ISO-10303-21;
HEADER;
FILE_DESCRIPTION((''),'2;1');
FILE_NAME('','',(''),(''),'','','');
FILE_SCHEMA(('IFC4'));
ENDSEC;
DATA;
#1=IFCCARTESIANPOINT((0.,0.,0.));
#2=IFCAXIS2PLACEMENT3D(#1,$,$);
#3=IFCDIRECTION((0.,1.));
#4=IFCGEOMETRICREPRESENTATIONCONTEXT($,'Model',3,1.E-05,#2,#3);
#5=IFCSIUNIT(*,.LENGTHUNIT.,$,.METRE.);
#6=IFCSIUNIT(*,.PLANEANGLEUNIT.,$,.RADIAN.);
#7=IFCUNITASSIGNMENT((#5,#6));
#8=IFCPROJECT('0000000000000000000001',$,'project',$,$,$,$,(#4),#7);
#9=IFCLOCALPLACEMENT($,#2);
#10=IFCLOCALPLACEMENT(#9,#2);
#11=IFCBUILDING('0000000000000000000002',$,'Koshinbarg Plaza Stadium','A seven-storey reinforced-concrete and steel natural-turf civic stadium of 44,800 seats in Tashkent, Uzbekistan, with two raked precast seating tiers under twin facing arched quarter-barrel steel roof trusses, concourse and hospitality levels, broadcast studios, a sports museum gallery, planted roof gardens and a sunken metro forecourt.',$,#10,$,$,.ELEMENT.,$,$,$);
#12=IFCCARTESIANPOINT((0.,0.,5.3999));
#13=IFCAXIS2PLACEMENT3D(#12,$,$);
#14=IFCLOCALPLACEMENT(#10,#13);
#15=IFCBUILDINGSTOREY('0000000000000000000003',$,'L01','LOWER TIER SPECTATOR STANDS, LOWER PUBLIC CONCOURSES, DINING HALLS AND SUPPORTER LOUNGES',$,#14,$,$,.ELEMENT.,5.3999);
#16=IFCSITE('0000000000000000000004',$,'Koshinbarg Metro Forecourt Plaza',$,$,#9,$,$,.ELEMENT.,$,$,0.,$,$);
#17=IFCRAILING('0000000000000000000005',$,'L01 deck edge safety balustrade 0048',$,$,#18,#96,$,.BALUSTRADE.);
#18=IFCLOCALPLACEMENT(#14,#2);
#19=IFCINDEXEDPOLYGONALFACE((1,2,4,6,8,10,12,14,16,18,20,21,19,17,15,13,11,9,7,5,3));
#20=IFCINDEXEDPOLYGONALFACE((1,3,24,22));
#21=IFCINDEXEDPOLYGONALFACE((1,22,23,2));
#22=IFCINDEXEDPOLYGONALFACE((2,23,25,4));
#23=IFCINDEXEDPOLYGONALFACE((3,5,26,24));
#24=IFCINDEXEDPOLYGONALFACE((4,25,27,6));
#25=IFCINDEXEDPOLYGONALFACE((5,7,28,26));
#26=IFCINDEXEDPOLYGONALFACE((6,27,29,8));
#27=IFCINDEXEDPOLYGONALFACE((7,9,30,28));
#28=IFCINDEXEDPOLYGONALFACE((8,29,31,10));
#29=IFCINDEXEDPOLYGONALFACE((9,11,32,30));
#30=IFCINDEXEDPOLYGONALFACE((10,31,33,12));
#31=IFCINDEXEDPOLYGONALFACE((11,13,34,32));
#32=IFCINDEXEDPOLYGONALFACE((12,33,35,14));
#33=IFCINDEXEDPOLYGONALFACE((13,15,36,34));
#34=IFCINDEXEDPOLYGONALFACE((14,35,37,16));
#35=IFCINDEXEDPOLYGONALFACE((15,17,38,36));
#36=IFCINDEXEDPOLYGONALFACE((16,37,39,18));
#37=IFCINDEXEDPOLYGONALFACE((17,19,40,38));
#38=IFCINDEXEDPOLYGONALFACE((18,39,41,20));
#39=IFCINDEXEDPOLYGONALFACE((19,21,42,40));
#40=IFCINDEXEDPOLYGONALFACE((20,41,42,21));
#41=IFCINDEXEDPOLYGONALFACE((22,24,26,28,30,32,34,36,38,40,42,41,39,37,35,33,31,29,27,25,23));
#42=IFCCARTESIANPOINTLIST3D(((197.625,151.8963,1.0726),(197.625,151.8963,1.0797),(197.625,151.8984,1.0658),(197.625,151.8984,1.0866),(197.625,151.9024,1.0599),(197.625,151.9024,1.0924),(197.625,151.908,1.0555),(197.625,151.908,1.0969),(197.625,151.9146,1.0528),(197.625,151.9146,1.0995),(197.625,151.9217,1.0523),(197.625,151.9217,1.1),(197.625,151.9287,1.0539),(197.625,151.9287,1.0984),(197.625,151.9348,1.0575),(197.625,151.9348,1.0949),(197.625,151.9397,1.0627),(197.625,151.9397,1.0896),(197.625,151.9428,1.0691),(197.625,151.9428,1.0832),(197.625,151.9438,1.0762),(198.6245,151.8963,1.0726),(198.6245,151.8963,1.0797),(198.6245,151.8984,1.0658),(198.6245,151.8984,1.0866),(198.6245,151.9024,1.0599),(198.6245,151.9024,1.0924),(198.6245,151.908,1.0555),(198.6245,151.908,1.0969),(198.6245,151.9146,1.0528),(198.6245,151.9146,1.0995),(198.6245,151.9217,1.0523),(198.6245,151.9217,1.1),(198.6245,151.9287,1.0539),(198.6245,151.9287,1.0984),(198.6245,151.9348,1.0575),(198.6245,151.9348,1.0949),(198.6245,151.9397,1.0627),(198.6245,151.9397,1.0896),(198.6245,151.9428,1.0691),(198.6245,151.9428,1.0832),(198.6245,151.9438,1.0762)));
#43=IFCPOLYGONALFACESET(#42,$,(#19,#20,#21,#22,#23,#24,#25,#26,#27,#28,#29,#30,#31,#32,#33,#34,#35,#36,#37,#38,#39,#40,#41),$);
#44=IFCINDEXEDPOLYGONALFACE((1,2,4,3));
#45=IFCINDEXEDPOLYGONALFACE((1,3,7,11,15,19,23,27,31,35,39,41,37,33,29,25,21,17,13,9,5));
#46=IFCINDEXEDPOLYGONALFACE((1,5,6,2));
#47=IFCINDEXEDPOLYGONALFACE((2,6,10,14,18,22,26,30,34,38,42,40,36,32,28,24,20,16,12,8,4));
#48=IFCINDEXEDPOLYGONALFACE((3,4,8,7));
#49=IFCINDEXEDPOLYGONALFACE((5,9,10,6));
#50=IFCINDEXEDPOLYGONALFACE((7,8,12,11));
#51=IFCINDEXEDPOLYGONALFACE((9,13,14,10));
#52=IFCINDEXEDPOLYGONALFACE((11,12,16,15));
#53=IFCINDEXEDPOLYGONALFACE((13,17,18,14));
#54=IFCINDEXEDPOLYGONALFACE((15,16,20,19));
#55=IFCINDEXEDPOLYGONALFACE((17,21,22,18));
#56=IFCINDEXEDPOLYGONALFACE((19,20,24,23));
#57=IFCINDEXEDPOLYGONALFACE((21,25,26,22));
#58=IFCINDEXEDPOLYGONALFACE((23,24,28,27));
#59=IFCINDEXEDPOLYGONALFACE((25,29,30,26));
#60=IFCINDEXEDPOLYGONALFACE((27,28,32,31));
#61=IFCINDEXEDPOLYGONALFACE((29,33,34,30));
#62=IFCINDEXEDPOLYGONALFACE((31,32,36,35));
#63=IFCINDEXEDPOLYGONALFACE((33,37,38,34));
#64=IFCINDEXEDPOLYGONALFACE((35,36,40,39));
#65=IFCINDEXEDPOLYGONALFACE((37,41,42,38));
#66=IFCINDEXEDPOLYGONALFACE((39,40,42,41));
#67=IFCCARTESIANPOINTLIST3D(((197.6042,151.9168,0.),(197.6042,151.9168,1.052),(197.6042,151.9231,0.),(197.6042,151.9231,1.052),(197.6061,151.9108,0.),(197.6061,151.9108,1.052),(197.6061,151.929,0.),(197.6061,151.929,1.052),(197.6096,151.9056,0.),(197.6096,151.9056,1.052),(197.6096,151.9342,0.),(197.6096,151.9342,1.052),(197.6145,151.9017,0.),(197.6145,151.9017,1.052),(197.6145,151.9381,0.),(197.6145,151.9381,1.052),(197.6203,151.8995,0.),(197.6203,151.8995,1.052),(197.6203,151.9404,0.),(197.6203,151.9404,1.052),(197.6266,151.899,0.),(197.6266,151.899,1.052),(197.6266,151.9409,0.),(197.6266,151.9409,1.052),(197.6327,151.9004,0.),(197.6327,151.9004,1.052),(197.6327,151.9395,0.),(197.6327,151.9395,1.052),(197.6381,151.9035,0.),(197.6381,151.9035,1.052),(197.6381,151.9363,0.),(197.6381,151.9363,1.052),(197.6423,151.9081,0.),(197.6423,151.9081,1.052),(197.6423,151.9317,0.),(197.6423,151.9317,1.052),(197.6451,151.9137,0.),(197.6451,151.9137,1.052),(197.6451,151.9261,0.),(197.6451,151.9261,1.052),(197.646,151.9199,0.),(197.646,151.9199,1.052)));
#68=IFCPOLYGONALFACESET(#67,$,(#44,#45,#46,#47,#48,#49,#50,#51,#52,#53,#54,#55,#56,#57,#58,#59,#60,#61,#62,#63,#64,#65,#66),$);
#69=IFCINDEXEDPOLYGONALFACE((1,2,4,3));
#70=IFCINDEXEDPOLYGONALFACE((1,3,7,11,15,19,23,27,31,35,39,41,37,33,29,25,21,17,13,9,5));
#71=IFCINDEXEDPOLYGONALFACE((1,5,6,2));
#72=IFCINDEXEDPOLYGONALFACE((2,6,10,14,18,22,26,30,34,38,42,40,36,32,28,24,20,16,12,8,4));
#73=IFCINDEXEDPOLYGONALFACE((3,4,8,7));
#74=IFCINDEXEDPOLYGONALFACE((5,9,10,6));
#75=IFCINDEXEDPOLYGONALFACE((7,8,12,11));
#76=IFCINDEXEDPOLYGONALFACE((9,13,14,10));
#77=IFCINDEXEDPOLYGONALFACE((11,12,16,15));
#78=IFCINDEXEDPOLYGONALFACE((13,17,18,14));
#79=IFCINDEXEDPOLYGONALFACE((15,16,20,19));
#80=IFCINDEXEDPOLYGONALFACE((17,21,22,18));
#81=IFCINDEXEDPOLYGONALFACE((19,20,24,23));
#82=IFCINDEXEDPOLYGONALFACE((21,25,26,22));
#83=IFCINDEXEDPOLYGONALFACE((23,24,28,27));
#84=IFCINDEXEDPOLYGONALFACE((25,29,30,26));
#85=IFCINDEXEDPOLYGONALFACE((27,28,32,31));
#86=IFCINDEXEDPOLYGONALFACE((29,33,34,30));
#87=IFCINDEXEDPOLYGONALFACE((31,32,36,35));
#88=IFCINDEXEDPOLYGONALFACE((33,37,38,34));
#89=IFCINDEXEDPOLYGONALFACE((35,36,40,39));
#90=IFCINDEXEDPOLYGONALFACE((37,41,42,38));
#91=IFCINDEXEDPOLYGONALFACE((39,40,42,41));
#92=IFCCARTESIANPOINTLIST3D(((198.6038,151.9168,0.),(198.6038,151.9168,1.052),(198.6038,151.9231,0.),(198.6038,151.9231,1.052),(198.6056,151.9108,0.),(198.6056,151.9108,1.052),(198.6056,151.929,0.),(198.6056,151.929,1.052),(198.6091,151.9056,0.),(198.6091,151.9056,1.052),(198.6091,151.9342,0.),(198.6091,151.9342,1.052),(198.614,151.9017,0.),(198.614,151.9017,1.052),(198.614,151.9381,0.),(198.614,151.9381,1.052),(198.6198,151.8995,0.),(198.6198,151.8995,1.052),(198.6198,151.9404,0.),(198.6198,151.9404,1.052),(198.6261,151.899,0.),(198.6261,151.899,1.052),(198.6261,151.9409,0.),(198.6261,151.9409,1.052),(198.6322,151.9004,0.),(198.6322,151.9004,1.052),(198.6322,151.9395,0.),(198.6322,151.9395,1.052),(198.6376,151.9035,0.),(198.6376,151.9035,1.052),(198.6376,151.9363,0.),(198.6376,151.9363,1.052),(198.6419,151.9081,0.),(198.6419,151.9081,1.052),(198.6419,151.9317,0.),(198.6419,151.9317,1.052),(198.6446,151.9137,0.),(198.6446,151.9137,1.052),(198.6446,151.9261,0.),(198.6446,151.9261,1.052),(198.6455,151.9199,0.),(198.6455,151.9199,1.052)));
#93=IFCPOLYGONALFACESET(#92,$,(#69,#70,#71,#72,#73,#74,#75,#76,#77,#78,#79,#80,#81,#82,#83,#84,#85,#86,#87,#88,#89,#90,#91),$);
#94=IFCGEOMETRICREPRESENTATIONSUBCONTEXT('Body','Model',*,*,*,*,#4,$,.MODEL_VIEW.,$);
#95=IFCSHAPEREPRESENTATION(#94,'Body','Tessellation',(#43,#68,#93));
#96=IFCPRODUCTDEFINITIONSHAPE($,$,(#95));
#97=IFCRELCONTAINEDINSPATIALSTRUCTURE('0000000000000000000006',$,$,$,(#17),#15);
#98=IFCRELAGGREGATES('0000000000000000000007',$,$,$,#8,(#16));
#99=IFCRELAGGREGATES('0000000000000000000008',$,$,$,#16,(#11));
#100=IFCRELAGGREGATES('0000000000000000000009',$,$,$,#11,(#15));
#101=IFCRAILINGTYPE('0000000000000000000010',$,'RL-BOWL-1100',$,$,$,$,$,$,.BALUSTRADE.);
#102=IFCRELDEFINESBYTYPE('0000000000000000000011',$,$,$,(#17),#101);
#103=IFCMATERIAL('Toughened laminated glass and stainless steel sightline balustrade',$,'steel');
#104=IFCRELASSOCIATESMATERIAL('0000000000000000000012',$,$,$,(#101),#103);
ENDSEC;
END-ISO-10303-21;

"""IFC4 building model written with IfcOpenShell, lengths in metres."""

from ifc_helpers import new_model, si_unit, direction, frame, origin, origin_2d, place, context, subcontext, project, spatial, circle, extrude, material, type_object, element, save


model = new_model("IFC4")

# Units and contexts
model_context = context("Model", 3, precision=1e-05, world=origin(), true_north=direction((0.0, 1.0)))
body_context = subcontext(model_context, "Body", "Model", "MODEL_VIEW")
ifc_project = project(units=[si_unit("LENGTHUNIT", "METRE"), si_unit("PLANEANGLEUNIT", "RADIAN")], contexts=[model_context])

# Site, building, storey
site_placement = place(None, origin())
site = spatial("IfcSite", under=ifc_project, at=site_placement, Name="Koshinbarg Metro Forecourt Plaza", CompositionType="ELEMENT", RefElevation=0.0)
building_placement = place(site_placement, origin())
building = spatial("IfcBuilding", under=site, at=building_placement, Name="Koshinbarg Plaza Stadium", Description="A seven-storey reinforced-concrete and steel natural-turf civic stadium of 44,800 seats in Tashkent, Uzbekistan, with two raked precast seating tiers under twin facing arched quarter-barrel steel roof trusses, concourse and hospitality levels, broadcast studios, a sports museum gallery, planted roof gardens and a sunken metro forecourt.", CompositionType="ELEMENT")
storey_placement = place(building_placement, frame((0.0, 0.0, 5.3999)))
storey = spatial("IfcBuildingStorey", under=building, at=storey_placement, Name="L01", Description="LOWER TIER SPECTATOR STANDS, LOWER PUBLIC CONCOURSES, DINING HALLS AND SUPPORTER LOUNGES", CompositionType="ELEMENT", Elevation=5.3999)

# Railing
ifc_material_1 = material(Name="Toughened laminated glass and stainless steel sightline balustrade", Category="steel")
railing_type = type_object("IfcRailingType", Name="RL-BOWL-1100", PredefinedType="BALUSTRADE", material=ifc_material_1)
railing_placement = place(storey_placement, frame((197.625, 151.9199, 0.0)))
element("IfcRailing", 1, at=railing_placement, inside=storey, type_object=railing_type, Name="L01 deck edge safety balustrade 0048", PredefinedType="BALUSTRADE", context=body_context, shape_type="SweptSolid", body=[
    extrude(circle(Radius=0.0239, at=origin_2d()), frame((0.0, 0.0, 1.0762), z_axis=(1.0, 0.0, 0.0), x_axis=(0.0, 1.0, 0.0)), (0.0, 0.0, 1.0), 0.9995),
    extrude(circle(Radius=0.021, at=origin_2d()), origin(), (0.0, 0.0, 1.0), 1.052),
    extrude(circle(Radius=0.021, at=origin_2d()), frame((0.9995, 0.0, 0.0)), (0.0, 0.0, 1.0), 1.052),
])

save(model, "model.ifc")
